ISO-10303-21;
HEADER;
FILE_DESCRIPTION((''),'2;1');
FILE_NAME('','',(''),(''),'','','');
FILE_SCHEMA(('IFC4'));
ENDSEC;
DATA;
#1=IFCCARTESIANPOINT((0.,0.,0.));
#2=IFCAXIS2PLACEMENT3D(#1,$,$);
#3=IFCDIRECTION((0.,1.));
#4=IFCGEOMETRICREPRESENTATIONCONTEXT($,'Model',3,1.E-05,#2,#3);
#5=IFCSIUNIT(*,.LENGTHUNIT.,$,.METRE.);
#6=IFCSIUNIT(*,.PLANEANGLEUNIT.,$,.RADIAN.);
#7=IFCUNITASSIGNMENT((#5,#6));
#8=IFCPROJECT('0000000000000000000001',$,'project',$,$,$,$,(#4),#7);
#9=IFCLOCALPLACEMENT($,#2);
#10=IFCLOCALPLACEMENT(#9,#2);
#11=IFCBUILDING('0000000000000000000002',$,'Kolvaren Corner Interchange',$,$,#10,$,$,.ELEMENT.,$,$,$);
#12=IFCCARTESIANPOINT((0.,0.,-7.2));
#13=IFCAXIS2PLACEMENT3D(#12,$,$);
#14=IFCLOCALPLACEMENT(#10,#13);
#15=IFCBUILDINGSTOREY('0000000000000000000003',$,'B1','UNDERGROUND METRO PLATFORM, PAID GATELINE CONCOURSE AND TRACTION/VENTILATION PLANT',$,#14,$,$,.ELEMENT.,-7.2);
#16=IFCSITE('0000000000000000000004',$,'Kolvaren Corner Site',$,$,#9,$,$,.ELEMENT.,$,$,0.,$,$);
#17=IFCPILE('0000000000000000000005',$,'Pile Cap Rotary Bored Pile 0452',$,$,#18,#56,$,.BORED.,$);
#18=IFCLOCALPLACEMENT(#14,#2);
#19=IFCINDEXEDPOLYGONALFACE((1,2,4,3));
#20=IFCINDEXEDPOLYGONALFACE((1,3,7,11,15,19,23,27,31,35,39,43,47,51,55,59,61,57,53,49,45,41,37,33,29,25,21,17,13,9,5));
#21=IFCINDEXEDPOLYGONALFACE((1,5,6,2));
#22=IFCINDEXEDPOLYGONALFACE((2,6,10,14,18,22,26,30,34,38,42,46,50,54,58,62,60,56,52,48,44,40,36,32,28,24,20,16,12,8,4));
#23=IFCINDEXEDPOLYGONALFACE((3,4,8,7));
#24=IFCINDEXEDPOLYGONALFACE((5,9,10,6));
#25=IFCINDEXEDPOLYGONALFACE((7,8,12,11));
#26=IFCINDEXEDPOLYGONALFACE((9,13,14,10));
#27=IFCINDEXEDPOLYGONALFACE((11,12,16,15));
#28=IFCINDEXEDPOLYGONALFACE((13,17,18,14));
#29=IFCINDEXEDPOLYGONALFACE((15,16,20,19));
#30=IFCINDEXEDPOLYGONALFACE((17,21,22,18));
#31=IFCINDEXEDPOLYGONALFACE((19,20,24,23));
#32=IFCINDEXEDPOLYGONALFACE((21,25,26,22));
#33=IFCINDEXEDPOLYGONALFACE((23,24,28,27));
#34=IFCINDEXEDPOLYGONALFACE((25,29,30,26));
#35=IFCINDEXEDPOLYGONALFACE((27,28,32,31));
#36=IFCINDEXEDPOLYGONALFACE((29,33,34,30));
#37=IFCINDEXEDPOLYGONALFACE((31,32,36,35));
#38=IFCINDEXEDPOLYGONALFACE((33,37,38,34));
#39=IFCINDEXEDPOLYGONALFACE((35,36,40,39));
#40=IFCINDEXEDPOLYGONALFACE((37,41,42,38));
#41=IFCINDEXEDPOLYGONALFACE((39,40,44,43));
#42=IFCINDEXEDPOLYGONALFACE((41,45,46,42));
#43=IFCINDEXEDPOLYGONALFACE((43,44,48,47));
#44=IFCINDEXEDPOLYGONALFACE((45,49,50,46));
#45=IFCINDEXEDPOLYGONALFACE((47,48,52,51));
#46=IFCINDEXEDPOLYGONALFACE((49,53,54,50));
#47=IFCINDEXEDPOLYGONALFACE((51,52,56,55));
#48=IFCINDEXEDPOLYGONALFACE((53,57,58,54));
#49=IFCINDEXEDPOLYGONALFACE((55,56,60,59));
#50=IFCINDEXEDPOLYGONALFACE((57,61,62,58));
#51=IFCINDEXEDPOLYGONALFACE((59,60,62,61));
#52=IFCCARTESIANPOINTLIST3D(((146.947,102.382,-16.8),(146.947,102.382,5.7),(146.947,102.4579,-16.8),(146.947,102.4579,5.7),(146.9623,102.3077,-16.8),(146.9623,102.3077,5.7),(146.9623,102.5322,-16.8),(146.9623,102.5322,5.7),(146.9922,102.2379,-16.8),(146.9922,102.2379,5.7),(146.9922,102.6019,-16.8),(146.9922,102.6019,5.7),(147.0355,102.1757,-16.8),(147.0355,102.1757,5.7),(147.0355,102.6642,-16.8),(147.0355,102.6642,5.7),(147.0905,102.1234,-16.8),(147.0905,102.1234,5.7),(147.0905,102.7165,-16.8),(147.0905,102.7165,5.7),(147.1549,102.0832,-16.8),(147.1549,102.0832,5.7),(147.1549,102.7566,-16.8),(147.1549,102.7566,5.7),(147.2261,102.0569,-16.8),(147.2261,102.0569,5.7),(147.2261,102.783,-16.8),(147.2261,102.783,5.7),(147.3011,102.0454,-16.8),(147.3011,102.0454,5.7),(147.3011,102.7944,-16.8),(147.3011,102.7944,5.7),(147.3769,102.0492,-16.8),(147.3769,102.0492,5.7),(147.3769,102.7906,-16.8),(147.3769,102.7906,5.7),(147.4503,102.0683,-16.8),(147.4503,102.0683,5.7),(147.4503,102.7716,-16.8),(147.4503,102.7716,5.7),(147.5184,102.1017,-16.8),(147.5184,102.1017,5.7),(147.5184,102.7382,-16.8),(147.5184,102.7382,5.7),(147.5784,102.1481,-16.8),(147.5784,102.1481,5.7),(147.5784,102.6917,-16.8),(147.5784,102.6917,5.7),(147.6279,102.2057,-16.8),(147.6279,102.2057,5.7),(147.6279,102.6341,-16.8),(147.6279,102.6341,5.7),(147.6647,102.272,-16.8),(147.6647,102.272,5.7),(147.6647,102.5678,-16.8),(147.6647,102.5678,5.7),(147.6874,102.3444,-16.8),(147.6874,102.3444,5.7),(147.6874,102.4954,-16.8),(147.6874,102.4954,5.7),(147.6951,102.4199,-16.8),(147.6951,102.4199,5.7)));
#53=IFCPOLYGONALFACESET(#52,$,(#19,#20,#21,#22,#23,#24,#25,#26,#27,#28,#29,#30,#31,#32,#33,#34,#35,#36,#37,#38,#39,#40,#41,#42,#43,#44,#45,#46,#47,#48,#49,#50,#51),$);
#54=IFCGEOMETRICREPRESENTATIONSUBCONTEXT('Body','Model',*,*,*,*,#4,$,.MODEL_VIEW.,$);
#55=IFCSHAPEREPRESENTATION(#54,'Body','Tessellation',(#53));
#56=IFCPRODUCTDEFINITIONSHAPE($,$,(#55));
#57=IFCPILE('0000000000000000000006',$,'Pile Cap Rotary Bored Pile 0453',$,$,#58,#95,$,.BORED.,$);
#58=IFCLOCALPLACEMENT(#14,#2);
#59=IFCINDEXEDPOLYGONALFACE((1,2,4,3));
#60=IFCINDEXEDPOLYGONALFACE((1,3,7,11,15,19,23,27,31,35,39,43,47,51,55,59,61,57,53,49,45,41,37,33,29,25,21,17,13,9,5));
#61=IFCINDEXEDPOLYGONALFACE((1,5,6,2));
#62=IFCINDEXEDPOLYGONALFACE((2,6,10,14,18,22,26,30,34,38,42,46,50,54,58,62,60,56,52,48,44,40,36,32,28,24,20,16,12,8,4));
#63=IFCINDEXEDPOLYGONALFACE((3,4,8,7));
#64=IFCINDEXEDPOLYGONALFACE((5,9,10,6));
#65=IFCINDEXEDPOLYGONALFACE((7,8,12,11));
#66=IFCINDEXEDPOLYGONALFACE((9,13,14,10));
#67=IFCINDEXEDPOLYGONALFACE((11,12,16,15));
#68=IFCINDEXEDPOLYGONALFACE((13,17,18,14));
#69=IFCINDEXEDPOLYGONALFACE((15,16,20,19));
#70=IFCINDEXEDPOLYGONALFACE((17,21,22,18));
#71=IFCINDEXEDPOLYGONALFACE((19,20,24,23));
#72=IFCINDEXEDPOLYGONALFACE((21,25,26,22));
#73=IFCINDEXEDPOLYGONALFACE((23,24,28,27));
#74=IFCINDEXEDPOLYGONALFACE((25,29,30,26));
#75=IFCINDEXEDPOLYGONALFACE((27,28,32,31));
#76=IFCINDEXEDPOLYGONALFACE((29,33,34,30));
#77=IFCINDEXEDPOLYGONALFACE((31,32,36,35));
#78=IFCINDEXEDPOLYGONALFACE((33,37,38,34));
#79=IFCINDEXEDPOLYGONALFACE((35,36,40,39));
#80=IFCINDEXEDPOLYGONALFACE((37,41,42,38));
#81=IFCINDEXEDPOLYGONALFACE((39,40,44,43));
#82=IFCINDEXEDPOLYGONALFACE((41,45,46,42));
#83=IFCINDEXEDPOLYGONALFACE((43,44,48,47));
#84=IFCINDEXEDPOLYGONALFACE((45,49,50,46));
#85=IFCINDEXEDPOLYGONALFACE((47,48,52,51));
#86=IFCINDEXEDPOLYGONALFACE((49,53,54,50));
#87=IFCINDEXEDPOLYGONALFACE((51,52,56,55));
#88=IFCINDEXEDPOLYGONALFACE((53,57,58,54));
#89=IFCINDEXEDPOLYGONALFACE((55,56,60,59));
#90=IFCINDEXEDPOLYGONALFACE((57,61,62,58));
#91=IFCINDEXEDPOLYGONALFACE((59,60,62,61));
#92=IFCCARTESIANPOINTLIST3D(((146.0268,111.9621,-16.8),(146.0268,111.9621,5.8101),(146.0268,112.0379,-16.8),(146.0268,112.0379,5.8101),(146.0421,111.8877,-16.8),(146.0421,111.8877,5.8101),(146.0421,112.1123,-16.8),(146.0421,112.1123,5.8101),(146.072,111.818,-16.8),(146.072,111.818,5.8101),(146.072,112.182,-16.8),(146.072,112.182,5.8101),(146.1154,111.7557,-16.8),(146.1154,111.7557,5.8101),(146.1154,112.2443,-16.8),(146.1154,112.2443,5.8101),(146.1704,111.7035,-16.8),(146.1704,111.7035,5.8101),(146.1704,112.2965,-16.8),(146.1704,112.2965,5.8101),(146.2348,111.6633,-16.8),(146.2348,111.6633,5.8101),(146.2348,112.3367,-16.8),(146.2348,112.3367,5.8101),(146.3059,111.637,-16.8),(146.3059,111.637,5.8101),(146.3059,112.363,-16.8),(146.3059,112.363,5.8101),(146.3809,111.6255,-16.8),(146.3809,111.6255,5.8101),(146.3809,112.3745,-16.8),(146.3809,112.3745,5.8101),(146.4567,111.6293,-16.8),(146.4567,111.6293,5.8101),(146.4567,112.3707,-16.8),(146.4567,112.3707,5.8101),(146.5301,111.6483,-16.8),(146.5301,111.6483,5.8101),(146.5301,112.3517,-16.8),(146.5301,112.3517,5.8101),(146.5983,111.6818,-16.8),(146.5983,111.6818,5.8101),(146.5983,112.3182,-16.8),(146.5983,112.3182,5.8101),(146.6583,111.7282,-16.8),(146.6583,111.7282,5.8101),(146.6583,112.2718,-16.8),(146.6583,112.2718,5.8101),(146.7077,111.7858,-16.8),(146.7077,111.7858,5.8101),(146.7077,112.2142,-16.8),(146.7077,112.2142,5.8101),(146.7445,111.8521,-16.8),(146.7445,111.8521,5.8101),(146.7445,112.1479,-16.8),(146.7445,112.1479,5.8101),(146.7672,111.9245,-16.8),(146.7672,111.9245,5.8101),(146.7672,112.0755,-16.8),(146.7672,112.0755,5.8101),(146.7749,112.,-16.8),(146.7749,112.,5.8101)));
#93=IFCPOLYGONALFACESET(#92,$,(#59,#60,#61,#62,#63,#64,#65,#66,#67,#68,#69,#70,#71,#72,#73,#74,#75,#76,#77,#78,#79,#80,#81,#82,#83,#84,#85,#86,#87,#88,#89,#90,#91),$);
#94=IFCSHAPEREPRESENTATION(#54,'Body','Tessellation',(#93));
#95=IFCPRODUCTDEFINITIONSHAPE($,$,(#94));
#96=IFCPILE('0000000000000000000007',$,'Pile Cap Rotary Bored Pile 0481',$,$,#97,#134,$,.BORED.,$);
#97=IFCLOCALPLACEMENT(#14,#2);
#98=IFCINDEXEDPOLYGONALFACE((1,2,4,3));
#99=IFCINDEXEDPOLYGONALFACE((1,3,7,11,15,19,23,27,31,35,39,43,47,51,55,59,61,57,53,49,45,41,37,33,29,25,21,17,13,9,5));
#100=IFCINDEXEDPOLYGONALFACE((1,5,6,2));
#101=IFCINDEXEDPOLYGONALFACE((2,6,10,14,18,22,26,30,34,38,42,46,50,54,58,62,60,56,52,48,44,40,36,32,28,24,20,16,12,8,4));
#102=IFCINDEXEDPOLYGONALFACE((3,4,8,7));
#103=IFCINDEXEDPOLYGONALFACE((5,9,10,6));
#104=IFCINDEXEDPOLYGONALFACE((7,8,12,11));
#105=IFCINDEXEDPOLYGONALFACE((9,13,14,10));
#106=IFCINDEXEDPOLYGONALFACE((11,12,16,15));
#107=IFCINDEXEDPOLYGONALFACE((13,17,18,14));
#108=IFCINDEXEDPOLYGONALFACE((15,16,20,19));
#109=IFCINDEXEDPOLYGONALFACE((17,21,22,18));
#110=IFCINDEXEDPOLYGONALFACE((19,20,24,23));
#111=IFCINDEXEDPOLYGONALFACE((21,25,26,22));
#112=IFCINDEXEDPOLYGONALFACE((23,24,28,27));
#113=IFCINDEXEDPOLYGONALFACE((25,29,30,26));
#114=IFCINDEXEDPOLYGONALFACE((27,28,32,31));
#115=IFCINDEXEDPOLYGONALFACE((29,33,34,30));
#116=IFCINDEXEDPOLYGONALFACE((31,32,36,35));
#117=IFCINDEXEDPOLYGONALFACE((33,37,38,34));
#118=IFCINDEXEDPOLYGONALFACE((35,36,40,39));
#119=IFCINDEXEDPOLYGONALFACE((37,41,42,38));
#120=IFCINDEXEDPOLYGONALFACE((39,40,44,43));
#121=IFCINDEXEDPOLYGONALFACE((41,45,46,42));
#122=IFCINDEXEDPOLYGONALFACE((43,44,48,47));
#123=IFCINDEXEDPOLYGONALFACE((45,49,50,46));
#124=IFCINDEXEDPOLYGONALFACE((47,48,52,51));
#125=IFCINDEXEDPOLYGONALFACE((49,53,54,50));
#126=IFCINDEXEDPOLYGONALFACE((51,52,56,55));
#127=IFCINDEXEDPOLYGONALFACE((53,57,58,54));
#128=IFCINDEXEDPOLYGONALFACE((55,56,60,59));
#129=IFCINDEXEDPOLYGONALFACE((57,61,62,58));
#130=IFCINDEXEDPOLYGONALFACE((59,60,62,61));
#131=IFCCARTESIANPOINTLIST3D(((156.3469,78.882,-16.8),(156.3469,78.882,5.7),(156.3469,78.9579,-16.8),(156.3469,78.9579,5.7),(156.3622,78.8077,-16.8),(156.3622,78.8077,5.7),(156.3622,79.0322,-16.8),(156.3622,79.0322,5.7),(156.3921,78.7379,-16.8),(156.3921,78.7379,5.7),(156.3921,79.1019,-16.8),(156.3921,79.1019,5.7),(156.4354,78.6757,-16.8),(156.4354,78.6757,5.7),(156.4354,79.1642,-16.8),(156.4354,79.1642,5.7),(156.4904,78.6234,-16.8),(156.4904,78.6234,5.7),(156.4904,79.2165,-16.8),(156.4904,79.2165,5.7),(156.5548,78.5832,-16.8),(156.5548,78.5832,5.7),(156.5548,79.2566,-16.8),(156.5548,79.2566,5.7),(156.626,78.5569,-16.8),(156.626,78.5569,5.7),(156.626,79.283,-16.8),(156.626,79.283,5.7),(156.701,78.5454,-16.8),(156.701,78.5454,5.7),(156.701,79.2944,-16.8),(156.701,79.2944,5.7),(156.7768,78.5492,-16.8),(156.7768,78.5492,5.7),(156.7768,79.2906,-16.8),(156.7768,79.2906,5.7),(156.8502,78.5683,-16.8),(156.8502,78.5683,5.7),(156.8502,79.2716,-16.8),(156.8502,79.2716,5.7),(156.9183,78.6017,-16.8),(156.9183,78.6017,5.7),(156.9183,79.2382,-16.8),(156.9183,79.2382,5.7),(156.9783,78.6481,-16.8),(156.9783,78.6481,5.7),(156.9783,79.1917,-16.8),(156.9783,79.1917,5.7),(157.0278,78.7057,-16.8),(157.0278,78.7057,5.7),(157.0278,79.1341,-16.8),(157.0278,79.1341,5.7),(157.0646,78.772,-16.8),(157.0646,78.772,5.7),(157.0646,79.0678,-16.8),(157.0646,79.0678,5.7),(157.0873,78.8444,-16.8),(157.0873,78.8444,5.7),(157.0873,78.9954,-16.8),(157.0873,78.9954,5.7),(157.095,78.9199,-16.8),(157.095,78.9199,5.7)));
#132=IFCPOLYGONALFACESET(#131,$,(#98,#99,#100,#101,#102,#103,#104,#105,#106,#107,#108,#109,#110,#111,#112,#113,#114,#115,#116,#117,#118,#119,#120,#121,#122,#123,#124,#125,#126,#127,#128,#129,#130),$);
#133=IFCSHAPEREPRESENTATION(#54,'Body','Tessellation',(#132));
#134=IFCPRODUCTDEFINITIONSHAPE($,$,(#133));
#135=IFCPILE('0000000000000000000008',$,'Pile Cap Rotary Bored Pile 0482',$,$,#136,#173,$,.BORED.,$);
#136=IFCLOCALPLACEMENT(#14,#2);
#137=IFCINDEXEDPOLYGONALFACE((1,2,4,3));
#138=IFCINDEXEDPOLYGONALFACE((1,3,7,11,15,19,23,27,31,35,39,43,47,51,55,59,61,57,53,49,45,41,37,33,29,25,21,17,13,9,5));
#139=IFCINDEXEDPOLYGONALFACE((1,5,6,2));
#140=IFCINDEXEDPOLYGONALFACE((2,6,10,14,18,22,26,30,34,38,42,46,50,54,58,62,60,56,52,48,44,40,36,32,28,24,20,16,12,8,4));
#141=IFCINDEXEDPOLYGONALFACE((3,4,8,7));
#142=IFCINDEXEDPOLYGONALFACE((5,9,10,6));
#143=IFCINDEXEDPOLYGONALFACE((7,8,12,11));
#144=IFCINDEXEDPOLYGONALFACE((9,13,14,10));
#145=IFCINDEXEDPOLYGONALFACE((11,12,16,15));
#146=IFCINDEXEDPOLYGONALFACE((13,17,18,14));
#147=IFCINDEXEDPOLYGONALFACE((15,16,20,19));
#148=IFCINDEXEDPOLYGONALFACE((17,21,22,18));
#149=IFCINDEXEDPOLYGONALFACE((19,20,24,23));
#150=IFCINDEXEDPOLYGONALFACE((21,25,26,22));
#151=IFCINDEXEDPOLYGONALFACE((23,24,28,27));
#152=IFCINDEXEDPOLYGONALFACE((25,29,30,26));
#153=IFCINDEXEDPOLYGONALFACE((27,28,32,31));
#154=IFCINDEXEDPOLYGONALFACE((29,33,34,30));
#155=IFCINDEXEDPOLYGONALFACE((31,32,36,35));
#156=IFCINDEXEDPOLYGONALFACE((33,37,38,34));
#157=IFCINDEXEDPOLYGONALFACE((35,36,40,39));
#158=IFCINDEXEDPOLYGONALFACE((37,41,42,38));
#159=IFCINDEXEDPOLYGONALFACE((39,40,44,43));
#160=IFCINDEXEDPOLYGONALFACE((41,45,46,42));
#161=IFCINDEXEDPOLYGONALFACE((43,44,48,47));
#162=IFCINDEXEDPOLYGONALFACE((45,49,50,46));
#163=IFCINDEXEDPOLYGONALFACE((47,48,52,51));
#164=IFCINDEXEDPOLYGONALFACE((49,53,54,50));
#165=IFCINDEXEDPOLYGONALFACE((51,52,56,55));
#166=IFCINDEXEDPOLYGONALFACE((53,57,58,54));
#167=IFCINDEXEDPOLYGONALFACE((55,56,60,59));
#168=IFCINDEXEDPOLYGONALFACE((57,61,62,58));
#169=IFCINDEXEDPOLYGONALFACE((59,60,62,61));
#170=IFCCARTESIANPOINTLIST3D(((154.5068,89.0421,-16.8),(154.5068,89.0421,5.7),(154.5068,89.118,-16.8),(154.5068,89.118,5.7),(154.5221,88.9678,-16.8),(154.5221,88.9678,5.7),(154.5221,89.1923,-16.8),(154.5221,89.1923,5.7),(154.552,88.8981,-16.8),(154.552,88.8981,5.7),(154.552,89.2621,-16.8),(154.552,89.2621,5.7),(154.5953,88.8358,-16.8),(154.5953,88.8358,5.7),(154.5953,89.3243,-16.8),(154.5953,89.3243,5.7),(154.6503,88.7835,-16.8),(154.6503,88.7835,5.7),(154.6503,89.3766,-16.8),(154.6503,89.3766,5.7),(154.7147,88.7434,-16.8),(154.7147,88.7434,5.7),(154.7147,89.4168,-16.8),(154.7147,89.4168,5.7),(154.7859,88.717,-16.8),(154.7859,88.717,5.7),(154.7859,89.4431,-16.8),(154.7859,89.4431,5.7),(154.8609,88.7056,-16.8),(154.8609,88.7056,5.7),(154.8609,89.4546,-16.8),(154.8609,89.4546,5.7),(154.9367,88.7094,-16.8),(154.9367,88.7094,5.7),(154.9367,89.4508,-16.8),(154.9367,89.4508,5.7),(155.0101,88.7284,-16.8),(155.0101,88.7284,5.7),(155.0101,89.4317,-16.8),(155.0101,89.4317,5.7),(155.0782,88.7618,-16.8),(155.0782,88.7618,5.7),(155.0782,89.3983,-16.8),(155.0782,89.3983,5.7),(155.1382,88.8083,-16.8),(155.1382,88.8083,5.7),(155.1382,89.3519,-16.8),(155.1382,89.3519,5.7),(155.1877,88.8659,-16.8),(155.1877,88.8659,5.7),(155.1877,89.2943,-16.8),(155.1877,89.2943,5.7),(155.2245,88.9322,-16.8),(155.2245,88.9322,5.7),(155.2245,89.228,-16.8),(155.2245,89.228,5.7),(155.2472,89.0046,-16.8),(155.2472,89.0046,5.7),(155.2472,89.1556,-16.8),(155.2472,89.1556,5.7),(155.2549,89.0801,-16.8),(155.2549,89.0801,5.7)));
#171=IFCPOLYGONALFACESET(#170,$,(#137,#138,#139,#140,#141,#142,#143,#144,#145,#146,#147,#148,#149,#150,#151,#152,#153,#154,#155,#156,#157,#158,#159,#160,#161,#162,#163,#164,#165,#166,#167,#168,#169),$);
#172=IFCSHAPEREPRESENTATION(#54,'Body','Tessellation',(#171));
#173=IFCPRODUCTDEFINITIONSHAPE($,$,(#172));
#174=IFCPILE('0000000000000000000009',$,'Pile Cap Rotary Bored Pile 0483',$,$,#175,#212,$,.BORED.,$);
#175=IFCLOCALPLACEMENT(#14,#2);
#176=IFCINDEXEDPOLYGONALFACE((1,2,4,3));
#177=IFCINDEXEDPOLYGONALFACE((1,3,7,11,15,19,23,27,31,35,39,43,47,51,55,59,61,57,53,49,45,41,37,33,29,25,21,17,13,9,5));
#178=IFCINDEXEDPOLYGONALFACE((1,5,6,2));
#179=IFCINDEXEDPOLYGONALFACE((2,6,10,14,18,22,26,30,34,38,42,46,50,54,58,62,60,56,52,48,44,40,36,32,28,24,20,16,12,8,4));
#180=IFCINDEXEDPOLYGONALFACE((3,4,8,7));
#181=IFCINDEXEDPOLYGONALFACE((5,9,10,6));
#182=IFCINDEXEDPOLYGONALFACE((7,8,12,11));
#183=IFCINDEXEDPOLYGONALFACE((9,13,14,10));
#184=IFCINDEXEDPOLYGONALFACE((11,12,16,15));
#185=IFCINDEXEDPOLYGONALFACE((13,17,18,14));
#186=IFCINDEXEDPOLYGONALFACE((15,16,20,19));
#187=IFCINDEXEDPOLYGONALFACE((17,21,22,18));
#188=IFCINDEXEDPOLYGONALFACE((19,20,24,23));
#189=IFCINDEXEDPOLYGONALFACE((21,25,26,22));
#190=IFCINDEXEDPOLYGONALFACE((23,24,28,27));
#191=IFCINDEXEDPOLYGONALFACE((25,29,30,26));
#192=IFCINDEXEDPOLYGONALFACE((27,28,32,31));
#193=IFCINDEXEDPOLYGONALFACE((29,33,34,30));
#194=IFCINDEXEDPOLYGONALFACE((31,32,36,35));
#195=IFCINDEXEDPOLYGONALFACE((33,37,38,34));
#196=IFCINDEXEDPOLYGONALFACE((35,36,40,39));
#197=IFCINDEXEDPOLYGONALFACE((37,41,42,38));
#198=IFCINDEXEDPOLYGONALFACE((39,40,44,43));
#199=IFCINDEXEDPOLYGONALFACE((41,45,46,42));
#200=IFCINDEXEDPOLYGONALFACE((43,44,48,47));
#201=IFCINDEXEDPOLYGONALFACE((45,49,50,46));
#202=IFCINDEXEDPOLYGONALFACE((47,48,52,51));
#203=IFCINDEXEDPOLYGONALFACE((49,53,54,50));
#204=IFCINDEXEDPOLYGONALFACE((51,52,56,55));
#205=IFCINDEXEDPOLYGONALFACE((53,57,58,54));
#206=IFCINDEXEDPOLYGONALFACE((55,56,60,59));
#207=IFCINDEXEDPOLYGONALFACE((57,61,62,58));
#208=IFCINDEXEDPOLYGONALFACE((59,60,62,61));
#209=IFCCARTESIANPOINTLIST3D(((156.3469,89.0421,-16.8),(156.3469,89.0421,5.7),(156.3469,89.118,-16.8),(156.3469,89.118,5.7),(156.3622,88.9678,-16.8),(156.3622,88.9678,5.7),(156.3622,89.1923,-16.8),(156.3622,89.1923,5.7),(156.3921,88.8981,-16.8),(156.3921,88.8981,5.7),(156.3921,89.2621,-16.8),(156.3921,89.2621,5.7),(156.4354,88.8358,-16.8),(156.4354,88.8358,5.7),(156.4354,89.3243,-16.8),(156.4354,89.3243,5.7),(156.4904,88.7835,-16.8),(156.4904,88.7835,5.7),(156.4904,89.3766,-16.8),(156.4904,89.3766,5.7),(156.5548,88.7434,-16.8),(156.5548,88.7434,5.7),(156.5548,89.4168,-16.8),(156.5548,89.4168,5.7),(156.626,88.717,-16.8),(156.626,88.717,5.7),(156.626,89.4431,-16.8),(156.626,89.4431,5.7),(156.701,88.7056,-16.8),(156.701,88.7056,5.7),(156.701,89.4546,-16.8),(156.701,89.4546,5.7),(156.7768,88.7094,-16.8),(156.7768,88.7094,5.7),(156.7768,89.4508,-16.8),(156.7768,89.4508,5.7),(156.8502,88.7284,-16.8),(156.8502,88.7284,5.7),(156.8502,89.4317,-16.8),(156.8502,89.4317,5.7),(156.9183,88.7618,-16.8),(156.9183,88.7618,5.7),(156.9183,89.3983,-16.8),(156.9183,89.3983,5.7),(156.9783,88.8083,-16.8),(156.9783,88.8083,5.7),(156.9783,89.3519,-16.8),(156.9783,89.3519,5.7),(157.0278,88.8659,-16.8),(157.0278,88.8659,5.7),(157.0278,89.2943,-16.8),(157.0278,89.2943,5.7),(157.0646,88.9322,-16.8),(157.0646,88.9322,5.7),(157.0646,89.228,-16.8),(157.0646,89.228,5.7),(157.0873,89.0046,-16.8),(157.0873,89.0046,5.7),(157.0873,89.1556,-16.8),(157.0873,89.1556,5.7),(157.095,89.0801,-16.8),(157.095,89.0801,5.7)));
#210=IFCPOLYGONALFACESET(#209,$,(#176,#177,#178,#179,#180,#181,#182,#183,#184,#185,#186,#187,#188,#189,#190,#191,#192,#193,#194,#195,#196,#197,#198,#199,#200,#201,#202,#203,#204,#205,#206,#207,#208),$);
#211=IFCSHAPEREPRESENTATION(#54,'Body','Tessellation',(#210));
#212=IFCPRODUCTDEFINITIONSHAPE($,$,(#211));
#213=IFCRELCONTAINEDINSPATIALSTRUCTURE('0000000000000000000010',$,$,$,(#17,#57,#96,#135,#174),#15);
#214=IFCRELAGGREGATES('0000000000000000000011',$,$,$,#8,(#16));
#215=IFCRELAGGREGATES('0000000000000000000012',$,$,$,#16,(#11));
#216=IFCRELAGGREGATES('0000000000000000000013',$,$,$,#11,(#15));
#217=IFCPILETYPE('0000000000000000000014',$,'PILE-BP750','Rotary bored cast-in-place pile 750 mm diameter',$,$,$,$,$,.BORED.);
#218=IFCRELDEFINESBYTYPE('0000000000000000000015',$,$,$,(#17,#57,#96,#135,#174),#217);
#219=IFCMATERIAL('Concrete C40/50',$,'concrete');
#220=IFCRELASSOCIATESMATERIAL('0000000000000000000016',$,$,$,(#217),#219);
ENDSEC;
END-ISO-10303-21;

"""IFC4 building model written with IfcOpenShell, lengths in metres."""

from ifc_helpers import new_model, si_unit, direction, frame, origin, origin_2d, place, context, subcontext, project, spatial, circle, extrude, material, material_profile, profile_set, type_object, element, save


model = new_model("IFC4")

# Units and contexts
model_context = context("Model", 3, precision=1e-05, world=origin(), true_north=direction((0.0, 1.0)))
body_context = subcontext(model_context, "Body", "Model", "MODEL_VIEW")
ifc_project = project(units=[si_unit("LENGTHUNIT", "METRE"), si_unit("PLANEANGLEUNIT", "RADIAN")], contexts=[model_context])

# Site, building, storey
site_placement = place(None, origin())
site = spatial("IfcSite", under=ifc_project, at=site_placement, Name="Kolvaren Corner Site", CompositionType="ELEMENT", RefElevation=0.0)
building_placement = place(site_placement, origin())
building = spatial("IfcBuilding", under=site, at=building_placement, Name="Kolvaren Corner Interchange", CompositionType="ELEMENT")
storey_placement = place(building_placement, frame((0.0, 0.0, -7.2)))
storey = spatial("IfcBuildingStorey", under=building, at=storey_placement, Name="B1", Description="UNDERGROUND METRO PLATFORM, PAID GATELINE CONCOURSE AND TRACTION/VENTILATION PLANT", CompositionType="ELEMENT", Elevation=-7.2)

# Piles
ifc_material_1 = material(Name="Concrete C40/50", Category="concrete")
ifc_material_profile_1 = material_profile(ifc_material_1, circle(Radius=0.375, at=origin_2d()), Name="BORED PILE 750")
ifc_profile_set_1 = profile_set([ifc_material_profile_1], Name="Concrete C40/50")
pile_type_1 = type_object("IfcPileType", Name="PILE-BP750", Description="Rotary bored cast-in-place pile 750 mm diameter", PredefinedType="BORED", material=ifc_profile_set_1)
for number, where, z_axis, x_axis, name in (
    (1, (147.3201, 102.4199, 5.7), (0.0, 0.0, -1.0), (1.0, 0.0, 0.0), "Pile Cap Rotary Bored Pile 0452"),
):
    element("IfcPile", number, at=place(storey_placement, frame(where, z_axis=z_axis, x_axis=x_axis)), inside=storey, type_object=pile_type_1, Name=name, PredefinedType="BORED", context=body_context, shape_type="SweptSolid", body=[
        extrude(circle(Radius=0.375, at=origin_2d()), origin(), (0.0, 0.0, 1.0), 22.5),
    ])
pile_placement = place(storey_placement, frame((146.3999, 112.0, 5.8101), z_axis=(0.0, 0.0, -1.0), x_axis=(1.0, 0.0, 0.0)))
element("IfcPile", 2, at=pile_placement, inside=storey, type_object=pile_type_1, Name="Pile Cap Rotary Bored Pile 0453", PredefinedType="BORED", context=body_context, shape_type="SweptSolid", body=[
    extrude(circle(Radius=0.375, at=origin_2d()), origin(), (0.0, 0.0, 1.0), 22.6101),
])
for number, where, z_axis, x_axis, name in (
    (3, (156.72, 78.9199, 5.7), (0.0, 0.0, -1.0), (1.0, 0.0, 0.0), "Pile Cap Rotary Bored Pile 0481"),
    (4, (154.8799, 89.0801, 5.7), (0.0, 0.0, -1.0), (1.0, 0.0, 0.0), "Pile Cap Rotary Bored Pile 0482"),
    (5, (156.72, 89.0801, 5.7), (0.0, 0.0, -1.0), (1.0, 0.0, 0.0), "Pile Cap Rotary Bored Pile 0483"),
):
    element("IfcPile", number, at=place(storey_placement, frame(where, z_axis=z_axis, x_axis=x_axis)), inside=storey, type_object=pile_type_1, Name=name, PredefinedType="BORED", context=body_context, shape_type="SweptSolid", body=[
        extrude(circle(Radius=0.375, at=origin_2d()), origin(), (0.0, 0.0, 1.0), 22.5),
    ])

save(model, "model.ifc")
